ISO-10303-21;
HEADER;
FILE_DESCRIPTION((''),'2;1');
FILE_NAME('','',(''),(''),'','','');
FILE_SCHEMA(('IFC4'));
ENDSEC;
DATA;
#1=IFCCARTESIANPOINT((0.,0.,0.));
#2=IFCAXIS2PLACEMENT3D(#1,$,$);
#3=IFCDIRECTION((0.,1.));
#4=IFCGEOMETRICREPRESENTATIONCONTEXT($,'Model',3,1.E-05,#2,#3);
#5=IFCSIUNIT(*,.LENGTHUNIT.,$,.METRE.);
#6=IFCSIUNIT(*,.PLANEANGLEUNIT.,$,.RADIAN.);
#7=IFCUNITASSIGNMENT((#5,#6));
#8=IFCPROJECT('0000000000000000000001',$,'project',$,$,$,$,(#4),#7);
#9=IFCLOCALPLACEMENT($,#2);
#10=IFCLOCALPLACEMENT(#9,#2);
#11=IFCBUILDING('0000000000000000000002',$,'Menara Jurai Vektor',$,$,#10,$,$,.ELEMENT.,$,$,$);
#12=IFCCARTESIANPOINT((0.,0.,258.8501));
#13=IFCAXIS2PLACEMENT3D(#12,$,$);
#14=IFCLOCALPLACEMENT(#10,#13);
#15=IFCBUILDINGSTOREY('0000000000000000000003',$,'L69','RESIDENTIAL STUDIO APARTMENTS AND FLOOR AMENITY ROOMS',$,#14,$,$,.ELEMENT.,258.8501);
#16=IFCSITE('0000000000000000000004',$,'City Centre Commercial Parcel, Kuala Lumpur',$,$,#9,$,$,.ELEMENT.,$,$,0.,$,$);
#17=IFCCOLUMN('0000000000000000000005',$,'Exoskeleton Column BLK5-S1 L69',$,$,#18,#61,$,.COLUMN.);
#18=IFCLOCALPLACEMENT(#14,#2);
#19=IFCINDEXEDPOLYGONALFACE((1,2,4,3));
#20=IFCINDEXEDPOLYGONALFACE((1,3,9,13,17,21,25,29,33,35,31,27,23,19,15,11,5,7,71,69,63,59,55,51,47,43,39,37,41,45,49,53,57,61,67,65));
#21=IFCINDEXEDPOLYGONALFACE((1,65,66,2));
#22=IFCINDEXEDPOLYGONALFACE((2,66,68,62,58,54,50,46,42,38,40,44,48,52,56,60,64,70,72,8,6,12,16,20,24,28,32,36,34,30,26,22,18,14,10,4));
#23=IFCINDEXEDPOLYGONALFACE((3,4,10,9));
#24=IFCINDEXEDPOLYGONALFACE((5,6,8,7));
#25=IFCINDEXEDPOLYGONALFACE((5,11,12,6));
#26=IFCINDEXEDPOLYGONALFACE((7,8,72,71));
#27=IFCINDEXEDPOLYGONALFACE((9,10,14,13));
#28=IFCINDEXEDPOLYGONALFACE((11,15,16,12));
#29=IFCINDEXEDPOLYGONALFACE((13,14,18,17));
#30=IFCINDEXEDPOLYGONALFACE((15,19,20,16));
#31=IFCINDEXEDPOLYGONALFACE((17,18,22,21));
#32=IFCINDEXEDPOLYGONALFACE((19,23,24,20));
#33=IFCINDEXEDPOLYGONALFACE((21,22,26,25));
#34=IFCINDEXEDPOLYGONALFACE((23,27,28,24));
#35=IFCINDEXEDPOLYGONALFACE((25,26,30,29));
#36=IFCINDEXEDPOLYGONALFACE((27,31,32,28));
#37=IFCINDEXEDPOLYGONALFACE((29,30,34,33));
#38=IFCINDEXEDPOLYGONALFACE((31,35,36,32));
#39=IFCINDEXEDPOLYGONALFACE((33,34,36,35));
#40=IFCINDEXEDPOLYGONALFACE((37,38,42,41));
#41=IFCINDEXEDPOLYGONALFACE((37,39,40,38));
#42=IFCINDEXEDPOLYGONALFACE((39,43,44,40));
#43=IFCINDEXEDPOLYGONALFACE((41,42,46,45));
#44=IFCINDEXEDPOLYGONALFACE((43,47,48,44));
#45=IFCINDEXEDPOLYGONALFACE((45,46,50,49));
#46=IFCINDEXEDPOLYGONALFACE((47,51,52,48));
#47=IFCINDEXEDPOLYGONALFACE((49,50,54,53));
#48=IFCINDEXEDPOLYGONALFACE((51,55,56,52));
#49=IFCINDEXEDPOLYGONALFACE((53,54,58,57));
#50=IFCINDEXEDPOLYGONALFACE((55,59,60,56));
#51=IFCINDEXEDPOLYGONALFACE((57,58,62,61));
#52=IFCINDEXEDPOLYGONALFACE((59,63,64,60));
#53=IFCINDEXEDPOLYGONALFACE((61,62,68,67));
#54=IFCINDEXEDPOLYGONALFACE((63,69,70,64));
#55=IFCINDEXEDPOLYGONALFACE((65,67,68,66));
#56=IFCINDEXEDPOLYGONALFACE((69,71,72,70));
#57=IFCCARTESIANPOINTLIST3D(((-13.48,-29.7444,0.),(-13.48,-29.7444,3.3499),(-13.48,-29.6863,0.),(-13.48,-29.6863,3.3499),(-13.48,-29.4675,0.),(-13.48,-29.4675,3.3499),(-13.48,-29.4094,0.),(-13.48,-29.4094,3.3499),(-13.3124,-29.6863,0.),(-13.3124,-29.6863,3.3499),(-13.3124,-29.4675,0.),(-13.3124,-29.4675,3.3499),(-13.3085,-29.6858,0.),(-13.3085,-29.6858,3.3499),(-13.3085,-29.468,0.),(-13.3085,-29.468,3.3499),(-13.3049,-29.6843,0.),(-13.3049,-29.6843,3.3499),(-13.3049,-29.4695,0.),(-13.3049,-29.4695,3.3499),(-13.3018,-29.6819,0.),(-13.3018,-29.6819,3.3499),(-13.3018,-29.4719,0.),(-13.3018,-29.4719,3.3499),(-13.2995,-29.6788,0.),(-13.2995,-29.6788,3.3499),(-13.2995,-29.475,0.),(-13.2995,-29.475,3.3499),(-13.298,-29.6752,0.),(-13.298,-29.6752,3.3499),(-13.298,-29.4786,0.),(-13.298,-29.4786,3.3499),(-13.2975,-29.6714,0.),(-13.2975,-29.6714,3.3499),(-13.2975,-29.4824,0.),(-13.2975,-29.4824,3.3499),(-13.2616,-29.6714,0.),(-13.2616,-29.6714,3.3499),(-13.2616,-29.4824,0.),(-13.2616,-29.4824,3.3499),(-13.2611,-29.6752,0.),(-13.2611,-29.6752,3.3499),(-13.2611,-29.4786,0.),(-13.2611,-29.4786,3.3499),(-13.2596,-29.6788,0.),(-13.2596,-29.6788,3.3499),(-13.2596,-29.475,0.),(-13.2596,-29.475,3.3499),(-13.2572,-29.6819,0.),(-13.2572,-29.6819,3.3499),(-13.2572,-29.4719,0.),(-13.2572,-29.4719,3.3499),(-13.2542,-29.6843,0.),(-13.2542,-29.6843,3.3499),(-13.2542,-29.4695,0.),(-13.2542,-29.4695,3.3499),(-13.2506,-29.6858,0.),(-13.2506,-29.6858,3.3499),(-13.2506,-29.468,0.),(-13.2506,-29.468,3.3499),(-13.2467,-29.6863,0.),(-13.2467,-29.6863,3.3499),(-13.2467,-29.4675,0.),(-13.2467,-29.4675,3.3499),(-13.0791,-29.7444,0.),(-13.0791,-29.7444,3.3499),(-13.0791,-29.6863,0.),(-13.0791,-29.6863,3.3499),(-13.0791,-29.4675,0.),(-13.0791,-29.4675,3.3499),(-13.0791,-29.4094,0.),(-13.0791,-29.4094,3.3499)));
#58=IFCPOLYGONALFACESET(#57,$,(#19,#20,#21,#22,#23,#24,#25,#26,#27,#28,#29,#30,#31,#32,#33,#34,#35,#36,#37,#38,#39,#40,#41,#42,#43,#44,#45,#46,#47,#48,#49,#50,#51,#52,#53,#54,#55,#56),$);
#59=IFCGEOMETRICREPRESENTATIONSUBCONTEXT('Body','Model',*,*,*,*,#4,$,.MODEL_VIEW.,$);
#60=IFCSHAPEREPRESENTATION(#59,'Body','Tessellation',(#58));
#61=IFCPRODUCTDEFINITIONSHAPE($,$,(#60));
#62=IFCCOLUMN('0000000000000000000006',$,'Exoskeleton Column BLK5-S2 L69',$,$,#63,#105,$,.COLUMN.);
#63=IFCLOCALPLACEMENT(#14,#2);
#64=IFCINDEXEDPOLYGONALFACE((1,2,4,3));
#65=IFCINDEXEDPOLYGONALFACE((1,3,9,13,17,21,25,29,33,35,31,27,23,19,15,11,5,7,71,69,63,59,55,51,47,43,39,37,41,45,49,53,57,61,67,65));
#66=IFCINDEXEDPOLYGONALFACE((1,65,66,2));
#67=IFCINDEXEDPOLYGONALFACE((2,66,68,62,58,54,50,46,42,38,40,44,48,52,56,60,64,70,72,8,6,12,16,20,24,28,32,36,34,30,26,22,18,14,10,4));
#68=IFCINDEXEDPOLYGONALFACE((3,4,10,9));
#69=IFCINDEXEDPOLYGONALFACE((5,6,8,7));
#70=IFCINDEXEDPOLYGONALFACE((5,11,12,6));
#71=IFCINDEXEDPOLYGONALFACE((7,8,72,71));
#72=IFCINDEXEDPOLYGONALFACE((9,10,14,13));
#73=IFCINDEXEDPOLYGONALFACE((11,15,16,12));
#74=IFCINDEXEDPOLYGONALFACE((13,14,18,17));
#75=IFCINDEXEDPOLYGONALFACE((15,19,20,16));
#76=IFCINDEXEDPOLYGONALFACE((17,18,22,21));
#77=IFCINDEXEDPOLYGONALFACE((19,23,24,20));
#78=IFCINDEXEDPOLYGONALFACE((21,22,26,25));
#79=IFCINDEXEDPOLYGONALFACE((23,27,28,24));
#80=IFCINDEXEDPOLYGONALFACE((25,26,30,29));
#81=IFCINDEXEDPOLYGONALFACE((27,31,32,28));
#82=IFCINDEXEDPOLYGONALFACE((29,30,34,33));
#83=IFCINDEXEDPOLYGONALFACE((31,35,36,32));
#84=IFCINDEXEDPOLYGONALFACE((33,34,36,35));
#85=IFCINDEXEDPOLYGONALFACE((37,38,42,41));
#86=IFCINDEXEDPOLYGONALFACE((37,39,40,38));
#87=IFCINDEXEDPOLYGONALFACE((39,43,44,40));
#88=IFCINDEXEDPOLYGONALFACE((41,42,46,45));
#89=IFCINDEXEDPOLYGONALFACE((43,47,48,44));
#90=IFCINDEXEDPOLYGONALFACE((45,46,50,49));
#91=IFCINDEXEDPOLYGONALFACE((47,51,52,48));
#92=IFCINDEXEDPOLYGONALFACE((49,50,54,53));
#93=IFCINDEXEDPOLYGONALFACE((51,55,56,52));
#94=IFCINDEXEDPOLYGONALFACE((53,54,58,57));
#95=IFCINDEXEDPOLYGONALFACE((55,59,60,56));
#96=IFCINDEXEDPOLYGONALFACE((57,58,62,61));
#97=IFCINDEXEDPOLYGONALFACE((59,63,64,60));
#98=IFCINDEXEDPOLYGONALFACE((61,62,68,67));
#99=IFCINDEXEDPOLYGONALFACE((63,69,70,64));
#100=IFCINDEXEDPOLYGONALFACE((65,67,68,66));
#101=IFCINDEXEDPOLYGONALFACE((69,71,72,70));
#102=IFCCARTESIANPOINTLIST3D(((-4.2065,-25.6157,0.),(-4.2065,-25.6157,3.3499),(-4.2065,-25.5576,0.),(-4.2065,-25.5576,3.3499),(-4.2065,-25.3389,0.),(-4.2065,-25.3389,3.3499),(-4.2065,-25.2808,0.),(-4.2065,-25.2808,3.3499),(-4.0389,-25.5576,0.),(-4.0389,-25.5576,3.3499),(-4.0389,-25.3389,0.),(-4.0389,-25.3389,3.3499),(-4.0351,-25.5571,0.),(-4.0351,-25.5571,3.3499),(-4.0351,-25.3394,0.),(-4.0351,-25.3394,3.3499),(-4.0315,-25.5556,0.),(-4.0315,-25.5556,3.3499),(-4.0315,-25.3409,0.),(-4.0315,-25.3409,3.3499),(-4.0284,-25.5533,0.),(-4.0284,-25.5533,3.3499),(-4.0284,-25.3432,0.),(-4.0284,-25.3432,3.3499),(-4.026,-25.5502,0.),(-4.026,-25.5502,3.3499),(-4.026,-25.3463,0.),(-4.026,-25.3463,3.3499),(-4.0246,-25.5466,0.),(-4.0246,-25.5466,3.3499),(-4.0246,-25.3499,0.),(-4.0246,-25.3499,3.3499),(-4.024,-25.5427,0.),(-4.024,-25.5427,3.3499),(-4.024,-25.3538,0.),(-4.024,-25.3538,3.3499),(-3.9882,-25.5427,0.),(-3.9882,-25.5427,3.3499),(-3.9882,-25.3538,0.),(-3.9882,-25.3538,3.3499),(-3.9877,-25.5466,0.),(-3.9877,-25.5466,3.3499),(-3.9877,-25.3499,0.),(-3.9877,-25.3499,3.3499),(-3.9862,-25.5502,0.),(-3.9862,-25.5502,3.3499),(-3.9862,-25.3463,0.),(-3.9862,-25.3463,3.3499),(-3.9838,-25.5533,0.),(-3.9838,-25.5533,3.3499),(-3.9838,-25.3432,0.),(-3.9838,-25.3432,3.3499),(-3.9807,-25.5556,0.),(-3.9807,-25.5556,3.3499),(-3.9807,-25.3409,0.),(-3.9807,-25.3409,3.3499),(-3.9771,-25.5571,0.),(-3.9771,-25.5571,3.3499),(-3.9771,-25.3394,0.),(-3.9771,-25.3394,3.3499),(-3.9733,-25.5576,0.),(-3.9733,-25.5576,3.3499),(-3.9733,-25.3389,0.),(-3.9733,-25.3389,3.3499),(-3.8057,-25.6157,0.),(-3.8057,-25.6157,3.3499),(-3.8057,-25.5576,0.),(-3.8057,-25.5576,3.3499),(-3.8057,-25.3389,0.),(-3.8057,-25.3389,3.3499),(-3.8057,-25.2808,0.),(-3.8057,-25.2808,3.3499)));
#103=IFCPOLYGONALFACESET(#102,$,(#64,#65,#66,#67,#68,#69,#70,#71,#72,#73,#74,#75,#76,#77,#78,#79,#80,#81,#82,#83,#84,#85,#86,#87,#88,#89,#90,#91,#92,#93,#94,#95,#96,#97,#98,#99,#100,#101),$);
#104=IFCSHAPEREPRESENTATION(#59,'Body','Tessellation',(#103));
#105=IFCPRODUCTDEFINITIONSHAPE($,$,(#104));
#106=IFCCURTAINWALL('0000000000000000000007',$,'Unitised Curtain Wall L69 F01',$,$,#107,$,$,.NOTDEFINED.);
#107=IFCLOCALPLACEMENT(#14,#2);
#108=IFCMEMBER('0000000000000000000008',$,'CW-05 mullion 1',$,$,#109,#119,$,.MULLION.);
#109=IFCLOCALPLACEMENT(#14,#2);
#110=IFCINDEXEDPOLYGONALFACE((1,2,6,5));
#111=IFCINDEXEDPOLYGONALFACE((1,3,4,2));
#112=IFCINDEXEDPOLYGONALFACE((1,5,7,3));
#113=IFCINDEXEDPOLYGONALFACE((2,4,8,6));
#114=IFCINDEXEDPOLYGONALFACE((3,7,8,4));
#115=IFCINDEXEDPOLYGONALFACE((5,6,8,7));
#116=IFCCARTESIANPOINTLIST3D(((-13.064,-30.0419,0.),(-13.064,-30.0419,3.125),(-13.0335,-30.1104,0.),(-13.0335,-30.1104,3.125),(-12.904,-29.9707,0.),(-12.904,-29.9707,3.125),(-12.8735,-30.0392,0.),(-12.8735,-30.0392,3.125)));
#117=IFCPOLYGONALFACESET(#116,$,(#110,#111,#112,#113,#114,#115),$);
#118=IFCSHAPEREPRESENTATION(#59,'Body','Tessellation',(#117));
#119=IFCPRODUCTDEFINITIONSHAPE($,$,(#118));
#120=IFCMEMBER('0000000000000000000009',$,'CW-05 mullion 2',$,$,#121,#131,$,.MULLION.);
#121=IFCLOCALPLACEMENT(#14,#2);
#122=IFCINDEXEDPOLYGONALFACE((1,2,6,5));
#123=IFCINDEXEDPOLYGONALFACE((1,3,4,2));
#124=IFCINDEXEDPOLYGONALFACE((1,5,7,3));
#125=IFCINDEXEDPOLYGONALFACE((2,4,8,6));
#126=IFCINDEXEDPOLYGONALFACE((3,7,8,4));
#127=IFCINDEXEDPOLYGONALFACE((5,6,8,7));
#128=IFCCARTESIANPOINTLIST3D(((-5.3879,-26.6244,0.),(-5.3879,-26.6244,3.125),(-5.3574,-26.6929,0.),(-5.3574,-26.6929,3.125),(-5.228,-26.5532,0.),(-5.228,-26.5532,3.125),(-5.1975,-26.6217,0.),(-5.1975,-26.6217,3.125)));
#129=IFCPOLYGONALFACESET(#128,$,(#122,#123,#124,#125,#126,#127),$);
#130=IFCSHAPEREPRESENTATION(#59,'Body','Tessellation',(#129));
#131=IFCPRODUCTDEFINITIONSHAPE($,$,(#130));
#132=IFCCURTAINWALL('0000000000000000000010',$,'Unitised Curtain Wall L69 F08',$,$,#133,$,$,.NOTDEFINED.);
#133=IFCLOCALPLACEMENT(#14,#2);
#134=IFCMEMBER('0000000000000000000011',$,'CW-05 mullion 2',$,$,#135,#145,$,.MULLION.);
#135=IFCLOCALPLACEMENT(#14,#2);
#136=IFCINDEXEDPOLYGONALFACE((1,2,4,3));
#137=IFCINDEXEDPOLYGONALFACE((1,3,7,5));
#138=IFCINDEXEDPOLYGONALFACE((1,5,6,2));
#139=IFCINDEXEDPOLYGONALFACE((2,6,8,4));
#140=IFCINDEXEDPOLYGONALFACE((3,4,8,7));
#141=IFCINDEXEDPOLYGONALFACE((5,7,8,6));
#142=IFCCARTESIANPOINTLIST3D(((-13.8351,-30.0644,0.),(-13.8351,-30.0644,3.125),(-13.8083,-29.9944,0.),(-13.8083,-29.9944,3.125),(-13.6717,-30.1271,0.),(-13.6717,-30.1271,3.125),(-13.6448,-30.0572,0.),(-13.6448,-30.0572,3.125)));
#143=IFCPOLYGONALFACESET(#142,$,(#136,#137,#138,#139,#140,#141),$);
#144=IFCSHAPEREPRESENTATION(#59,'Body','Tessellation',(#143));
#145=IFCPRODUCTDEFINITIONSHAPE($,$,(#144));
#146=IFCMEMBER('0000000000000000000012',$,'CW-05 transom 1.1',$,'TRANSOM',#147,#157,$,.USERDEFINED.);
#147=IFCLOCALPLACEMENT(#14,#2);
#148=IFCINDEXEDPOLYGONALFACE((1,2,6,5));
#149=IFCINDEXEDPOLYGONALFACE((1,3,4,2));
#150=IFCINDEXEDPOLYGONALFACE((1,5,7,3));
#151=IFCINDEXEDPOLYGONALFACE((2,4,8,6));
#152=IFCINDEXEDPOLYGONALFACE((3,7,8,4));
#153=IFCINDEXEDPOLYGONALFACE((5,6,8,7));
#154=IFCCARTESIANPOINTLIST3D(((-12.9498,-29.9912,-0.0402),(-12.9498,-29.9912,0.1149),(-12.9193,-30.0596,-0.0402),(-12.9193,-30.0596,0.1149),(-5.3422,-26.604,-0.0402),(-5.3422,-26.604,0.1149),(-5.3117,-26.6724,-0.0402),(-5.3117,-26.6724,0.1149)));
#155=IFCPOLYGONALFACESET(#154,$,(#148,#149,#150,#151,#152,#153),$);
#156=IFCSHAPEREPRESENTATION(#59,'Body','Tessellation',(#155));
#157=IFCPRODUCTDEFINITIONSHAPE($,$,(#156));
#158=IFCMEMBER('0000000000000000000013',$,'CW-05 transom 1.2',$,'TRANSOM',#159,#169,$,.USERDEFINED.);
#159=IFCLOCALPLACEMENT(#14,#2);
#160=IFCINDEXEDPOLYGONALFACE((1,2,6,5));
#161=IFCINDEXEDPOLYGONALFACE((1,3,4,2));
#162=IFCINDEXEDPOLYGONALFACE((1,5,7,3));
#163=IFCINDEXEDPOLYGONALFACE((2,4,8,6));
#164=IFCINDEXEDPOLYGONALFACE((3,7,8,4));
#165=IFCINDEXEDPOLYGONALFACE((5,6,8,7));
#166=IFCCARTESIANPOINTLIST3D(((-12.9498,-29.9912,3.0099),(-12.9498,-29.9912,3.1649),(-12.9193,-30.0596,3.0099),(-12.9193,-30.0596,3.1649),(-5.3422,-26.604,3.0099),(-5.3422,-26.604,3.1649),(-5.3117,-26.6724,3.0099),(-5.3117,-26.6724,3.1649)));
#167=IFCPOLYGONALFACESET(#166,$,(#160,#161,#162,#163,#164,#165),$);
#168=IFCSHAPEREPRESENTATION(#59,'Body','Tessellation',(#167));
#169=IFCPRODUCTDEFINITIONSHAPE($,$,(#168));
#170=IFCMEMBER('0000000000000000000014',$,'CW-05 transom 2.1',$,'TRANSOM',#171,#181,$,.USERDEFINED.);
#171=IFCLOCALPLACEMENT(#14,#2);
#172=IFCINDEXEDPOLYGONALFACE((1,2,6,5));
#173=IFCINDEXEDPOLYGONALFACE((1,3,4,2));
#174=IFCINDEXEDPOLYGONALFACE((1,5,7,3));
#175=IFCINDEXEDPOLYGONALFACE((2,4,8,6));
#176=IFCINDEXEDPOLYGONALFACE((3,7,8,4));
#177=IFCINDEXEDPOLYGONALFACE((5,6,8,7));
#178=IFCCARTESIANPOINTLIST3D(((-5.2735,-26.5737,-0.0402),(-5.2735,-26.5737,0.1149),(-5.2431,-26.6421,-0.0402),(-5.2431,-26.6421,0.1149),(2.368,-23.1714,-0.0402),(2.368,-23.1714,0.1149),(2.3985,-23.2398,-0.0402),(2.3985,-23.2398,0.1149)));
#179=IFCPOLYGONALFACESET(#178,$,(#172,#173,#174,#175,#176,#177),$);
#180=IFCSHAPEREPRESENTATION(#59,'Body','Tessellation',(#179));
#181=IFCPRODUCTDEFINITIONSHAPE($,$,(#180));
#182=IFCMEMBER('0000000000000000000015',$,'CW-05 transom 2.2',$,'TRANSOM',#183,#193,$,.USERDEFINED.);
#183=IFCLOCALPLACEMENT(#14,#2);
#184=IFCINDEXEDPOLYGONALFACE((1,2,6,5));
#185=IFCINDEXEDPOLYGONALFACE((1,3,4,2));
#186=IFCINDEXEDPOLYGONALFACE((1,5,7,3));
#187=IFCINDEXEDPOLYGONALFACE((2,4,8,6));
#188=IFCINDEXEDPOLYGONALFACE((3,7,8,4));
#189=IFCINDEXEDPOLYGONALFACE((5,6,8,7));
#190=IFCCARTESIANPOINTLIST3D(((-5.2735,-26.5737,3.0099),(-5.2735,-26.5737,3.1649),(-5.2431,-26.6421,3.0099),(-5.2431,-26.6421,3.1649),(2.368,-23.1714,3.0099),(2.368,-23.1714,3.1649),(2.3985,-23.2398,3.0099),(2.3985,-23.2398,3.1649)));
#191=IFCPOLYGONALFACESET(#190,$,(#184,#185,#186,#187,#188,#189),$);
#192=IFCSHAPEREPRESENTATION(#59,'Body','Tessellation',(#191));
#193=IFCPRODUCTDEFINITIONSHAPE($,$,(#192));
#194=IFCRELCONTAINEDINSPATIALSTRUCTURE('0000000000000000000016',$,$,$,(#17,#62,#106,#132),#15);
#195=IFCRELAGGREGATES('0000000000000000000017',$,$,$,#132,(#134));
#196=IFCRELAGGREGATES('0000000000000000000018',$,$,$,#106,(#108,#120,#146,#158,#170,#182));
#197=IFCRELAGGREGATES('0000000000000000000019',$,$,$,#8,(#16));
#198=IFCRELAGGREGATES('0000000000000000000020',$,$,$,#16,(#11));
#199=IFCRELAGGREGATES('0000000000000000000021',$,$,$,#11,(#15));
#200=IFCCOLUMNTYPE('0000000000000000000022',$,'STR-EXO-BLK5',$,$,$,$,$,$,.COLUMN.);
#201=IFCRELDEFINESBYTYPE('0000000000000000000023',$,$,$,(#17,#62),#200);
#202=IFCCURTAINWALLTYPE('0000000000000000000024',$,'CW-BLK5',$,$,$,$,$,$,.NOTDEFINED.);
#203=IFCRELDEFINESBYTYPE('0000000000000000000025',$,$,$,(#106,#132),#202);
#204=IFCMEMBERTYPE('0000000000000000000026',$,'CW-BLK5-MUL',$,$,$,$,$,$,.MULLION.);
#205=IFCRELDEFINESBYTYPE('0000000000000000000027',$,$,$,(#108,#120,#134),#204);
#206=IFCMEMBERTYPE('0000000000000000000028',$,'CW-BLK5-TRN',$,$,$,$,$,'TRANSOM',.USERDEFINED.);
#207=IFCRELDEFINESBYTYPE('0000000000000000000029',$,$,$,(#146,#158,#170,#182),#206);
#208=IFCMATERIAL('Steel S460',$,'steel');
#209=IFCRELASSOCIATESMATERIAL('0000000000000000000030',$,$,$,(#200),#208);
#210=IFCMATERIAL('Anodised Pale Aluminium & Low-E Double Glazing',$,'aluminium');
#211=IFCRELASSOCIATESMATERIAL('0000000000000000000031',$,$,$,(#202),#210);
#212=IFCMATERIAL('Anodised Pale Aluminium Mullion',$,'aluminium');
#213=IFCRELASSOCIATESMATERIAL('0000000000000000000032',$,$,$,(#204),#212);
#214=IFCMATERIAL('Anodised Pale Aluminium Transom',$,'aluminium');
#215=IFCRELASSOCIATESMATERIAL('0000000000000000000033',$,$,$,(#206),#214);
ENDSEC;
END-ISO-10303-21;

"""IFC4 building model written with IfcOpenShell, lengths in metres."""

from ifc_helpers import new_model, si_unit, direction, frame, origin, origin_2d, place, context, subcontext, project, spatial, rectangle, i_section, extrude, material, material_profile, profile_set, type_object, element, aggregate, save


model = new_model("IFC4")

# Units and contexts
model_context = context("Model", 3, precision=1e-05, world=origin(), true_north=direction((0.0, 1.0)))
body_context = subcontext(model_context, "Body", "Model", "MODEL_VIEW")
ifc_project = project(units=[si_unit("LENGTHUNIT", "METRE"), si_unit("PLANEANGLEUNIT", "RADIAN")], contexts=[model_context])

# Site, building, storey
site_placement = place(None, origin())
site = spatial("IfcSite", under=ifc_project, at=site_placement, Name="City Centre Commercial Parcel, Kuala Lumpur", CompositionType="ELEMENT", RefElevation=0.0)
building_placement = place(site_placement, origin())
building = spatial("IfcBuilding", under=site, at=building_placement, Name="Menara Jurai Vektor", CompositionType="ELEMENT")
storey_placement = place(building_placement, frame((0.0, 0.0, 258.8501)))
storey = spatial("IfcBuildingStorey", under=building, at=storey_placement, Name="L69", Description="RESIDENTIAL STUDIO APARTMENTS AND FLOOR AMENITY ROOMS", CompositionType="ELEMENT", Elevation=258.8501)

# Columns
ifc_material_1 = material(Name="Steel S460", Category="steel")
ifc_material_profile_1 = material_profile(ifc_material_1, i_section(OverallWidth=0.4009, OverallDepth=0.335, WebThickness=0.0359, FlangeThickness=0.0581, FilletRadius=0.0149, at=origin_2d()), Name="HD 400x463")
ifc_profile_set_1 = profile_set([ifc_material_profile_1], Name="Steel S460")
column_type = type_object("IfcColumnType", Name="STR-EXO-BLK5", PredefinedType="COLUMN", material=ifc_profile_set_1)
for number, where, z_axis, x_axis, name in (
    (1, (-13.2795, -29.5769, 0.0), (0.0, 0.0, 1.0), (1.0, 0.0, 0.0), "Exoskeleton Column BLK5-S1 L69"),
    (2, (-4.0061, -25.4482, 0.0), (0.0, 0.0, 1.0), (1.0, 0.0, 0.0), "Exoskeleton Column BLK5-S2 L69"),
):
    element("IfcColumn", number, at=place(storey_placement, frame(where, z_axis=z_axis, x_axis=x_axis)), inside=storey, type_object=column_type, Name=name, PredefinedType="COLUMN", context=body_context, shape_type="SweptSolid", body=[
        extrude(i_section(OverallWidth=0.4009, OverallDepth=0.335, WebThickness=0.0359, FlangeThickness=0.0581, FilletRadius=0.0149, at=origin_2d()), origin(), (0.0, 0.0, 1.0), 3.3499),
    ])

# Curtain wall, members
ifc_material_2 = material(Name="Anodised Pale Aluminium & Low-E Double Glazing", Category="aluminium")
curtain_wall_type = type_object("IfcCurtainWallType", Name="CW-BLK5", PredefinedType="NOTDEFINED", material=ifc_material_2)
curtain_wall_1_placement = place(storey_placement, origin())
curtain_wall_1 = element("IfcCurtainWall", 3, at=curtain_wall_1_placement, inside=storey, type_object=curtain_wall_type, Name="Unitised Curtain Wall L69 F01", PredefinedType="NOTDEFINED")
ifc_material_3 = material(Name="Anodised Pale Aluminium Mullion", Category="aluminium")
ifc_material_profile_2 = material_profile(ifc_material_3, rectangle(XDim=0.075, YDim=0.175, at=origin_2d()), Name="ALU MUL 75x175")
ifc_profile_set_2 = profile_set([ifc_material_profile_2], Name="Anodised Pale Aluminium Mullion")
member_type_1 = type_object("IfcMemberType", Name="CW-BLK5-MUL", PredefinedType="MULLION", material=ifc_profile_set_2)
member_1_placement = place(storey_placement, frame((-12.9688, -30.0405, 0.0), z_axis=(0.0, 0.0, 1.0), x_axis=(-0.406735, 0.913546, 0.0)))
member_1 = element("IfcMember", 4, at=member_1_placement, type_object=member_type_1, Name="CW-05 mullion 1", PredefinedType="MULLION", context=body_context, shape_type="SweptSolid", body=[
    extrude(rectangle(XDim=0.075, YDim=0.175, at=origin_2d()), origin(), (0.0, 0.0, 1.0), 3.125),
])
member_2_placement = place(storey_placement, frame((-5.2927, -26.623, 0.0), z_axis=(0.0, 0.0, 1.0), x_axis=(-0.406735, 0.913546, 0.0)))
member_2 = element("IfcMember", 5, at=member_2_placement, type_object=member_type_1, Name="CW-05 mullion 2", PredefinedType="MULLION", context=body_context, shape_type="SweptSolid", body=[
    extrude(rectangle(XDim=0.075, YDim=0.175, at=origin_2d()), origin(), (0.0, 0.0, 1.0), 3.125),
])

# Curtain wall, member
curtain_wall_2_placement = place(storey_placement, origin())
curtain_wall_2 = element("IfcCurtainWall", 6, at=curtain_wall_2_placement, inside=storey, type_object=curtain_wall_type, Name="Unitised Curtain Wall L69 F08", PredefinedType="NOTDEFINED")
member_3_placement = place(storey_placement, frame((-13.74, -30.0608, 0.0), z_axis=(0.0, 0.0, 1.0), x_axis=(0.358374, 0.933578, 0.0)))
member_3 = element("IfcMember", 7, at=member_3_placement, type_object=member_type_1, Name="CW-05 mullion 2", PredefinedType="MULLION", context=body_context, shape_type="SweptSolid", body=[
    extrude(rectangle(XDim=0.075, YDim=0.175, at=origin_2d()), origin(), (0.0, 0.0, 1.0), 3.125),
])
aggregate(curtain_wall_2, [member_3])

# Members
ifc_material_4 = material(Name="Anodised Pale Aluminium Transom", Category="aluminium")
ifc_material_profile_3 = material_profile(ifc_material_4, rectangle(XDim=0.075, YDim=0.155, at=origin_2d()), Name="ALU TRN 75x155")
ifc_profile_set_3 = profile_set([ifc_material_profile_3], Name="Anodised Pale Aluminium Transom")
member_type_2 = type_object("IfcMemberType", Name="CW-BLK5-TRN", ElementType="TRANSOM", PredefinedType="USERDEFINED", material=ifc_profile_set_3)
member_4_placement = place(storey_placement, frame((-12.9346, -30.0254, 0.0374), z_axis=(0.913543, 0.406742, 0.0), x_axis=(-0.406742, 0.913543, 0.0)))
member_4 = element("IfcMember", 8, at=member_4_placement, type_object=member_type_2, Name="CW-05 transom 1.1", ObjectType="TRANSOM", PredefinedType="USERDEFINED", context=body_context, shape_type="SweptSolid", body=[
    extrude(rectangle(XDim=0.075, YDim=0.155, at=origin_2d()), origin(), (0.0, 0.0, 1.0), 8.3276),
])
member_5_placement = place(storey_placement, frame((-12.9346, -30.0254, 3.0874), z_axis=(0.913543, 0.406742, 0.0), x_axis=(-0.406742, 0.913543, 0.0)))
member_5 = element("IfcMember", 9, at=member_5_placement, type_object=member_type_2, Name="CW-05 transom 1.2", ObjectType="TRANSOM", PredefinedType="USERDEFINED", context=body_context, shape_type="SweptSolid", body=[
    extrude(rectangle(XDim=0.075, YDim=0.155, at=origin_2d()), origin(), (0.0, 0.0, 1.0), 8.3276),
])
member_6_placement = place(storey_placement, frame((-5.2583, -26.6079, 0.0374), z_axis=(0.913542, 0.406745, 0.0), x_axis=(-0.406745, 0.913542, 0.0)))
member_6 = element("IfcMember", 10, at=member_6_placement, type_object=member_type_2, Name="CW-05 transom 2.1", ObjectType="TRANSOM", PredefinedType="USERDEFINED", context=body_context, shape_type="SweptSolid", body=[
    extrude(rectangle(XDim=0.075, YDim=0.155, at=origin_2d()), origin(), (0.0, 0.0, 1.0), 8.3647),
])
member_7_placement = place(storey_placement, frame((-5.2583, -26.6079, 3.0874), z_axis=(0.913542, 0.406745, 0.0), x_axis=(-0.406745, 0.913542, 0.0)))
member_7 = element("IfcMember", 11, at=member_7_placement, type_object=member_type_2, Name="CW-05 transom 2.2", ObjectType="TRANSOM", PredefinedType="USERDEFINED", context=body_context, shape_type="SweptSolid", body=[
    extrude(rectangle(XDim=0.075, YDim=0.155, at=origin_2d()), origin(), (0.0, 0.0, 1.0), 8.3647),
])

aggregate(curtain_wall_1, [member_1, member_2, member_4, member_5, member_6, member_7])

save(model, "model.ifc")
